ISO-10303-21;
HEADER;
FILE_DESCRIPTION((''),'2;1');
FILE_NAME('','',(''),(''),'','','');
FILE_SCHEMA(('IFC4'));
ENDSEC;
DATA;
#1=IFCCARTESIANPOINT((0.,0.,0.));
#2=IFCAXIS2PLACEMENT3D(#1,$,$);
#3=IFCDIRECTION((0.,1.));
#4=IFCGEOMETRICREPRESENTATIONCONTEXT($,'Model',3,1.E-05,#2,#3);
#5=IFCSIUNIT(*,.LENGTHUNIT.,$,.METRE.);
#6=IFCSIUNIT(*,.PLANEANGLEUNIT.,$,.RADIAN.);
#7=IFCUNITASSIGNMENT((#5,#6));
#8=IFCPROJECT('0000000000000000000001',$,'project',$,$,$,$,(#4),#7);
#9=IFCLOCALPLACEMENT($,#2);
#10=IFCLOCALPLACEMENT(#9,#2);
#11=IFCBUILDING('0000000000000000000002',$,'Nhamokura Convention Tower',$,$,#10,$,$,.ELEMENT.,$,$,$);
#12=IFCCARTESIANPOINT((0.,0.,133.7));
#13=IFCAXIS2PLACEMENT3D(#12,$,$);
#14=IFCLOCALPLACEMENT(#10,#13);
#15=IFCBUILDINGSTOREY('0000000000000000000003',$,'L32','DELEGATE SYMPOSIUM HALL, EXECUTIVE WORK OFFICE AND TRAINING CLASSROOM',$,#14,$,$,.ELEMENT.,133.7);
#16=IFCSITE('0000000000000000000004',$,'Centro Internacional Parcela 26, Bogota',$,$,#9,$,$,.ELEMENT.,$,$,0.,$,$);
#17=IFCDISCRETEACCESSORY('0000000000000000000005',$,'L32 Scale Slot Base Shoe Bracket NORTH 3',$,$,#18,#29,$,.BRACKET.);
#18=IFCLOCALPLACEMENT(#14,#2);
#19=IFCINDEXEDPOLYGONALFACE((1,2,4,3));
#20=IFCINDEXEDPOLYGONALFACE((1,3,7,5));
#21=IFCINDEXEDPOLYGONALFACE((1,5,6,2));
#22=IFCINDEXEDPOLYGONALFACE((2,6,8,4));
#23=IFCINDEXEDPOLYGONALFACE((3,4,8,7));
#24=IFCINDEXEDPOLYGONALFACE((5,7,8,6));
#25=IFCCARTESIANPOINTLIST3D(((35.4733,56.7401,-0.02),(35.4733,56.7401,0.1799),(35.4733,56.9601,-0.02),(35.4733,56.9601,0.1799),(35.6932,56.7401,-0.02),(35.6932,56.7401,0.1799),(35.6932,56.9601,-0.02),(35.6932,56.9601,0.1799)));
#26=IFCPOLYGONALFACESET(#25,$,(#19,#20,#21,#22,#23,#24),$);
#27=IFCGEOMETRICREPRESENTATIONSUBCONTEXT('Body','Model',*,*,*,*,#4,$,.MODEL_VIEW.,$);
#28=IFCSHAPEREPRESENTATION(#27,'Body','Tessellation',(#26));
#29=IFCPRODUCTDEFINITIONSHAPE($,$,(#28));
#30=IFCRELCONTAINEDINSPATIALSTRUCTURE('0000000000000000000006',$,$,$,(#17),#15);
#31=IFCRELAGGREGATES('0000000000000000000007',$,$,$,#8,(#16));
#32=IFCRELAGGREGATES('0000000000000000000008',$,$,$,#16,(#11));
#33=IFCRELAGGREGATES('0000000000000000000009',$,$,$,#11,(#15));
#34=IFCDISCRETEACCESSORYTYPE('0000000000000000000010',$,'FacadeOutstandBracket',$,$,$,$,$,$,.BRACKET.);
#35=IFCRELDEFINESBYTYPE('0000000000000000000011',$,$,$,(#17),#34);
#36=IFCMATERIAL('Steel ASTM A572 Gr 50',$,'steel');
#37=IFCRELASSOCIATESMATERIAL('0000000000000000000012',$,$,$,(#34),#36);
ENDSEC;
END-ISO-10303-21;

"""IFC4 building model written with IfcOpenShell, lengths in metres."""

from ifc_helpers import new_model, si_unit, direction, frame, origin, origin_2d, place, context, subcontext, project, spatial, rectangle, extrude, material, type_object, element, save


model = new_model("IFC4")

# Units and contexts
model_context = context("Model", 3, precision=1e-05, world=origin(), true_north=direction((0.0, 1.0)))
body_context = subcontext(model_context, "Body", "Model", "MODEL_VIEW")
ifc_project = project(units=[si_unit("LENGTHUNIT", "METRE"), si_unit("PLANEANGLEUNIT", "RADIAN")], contexts=[model_context])

# Site, building, storey
site_placement = place(None, origin())
site = spatial("IfcSite", under=ifc_project, at=site_placement, Name="Centro Internacional Parcela 26, Bogota", CompositionType="ELEMENT", RefElevation=0.0)
building_placement = place(site_placement, origin())
building = spatial("IfcBuilding", under=site, at=building_placement, Name="Nhamokura Convention Tower", CompositionType="ELEMENT")
storey_placement = place(building_placement, frame((0.0, 0.0, 133.7)))
storey = spatial("IfcBuildingStorey", under=building, at=storey_placement, Name="L32", Description="DELEGATE SYMPOSIUM HALL, EXECUTIVE WORK OFFICE AND TRAINING CLASSROOM", CompositionType="ELEMENT", Elevation=133.7)

# Discrete accessory
ifc_material_1 = material(Name="Steel ASTM A572 Gr 50", Category="steel")
discrete_accessory_type = type_object("IfcDiscreteAccessoryType", Name="FacadeOutstandBracket", PredefinedType="BRACKET", material=ifc_material_1)
discrete_accessory_placement = place(storey_placement, frame((35.5833, 56.8501, -0.02), z_axis=(0.0, 0.0, 1.0), x_axis=(1.0, 0.0, 0.0)))
element("IfcDiscreteAccessory", 1, at=discrete_accessory_placement, inside=storey, type_object=discrete_accessory_type, Name="L32 Scale Slot Base Shoe Bracket NORTH 3", PredefinedType="BRACKET", context=body_context, shape_type="SweptSolid", body=[
    extrude(rectangle(XDim=0.22, YDim=0.22, at=origin_2d()), origin(), (0.0, 0.0, 1.0), 0.2),
])

save(model, "model.ifc")
